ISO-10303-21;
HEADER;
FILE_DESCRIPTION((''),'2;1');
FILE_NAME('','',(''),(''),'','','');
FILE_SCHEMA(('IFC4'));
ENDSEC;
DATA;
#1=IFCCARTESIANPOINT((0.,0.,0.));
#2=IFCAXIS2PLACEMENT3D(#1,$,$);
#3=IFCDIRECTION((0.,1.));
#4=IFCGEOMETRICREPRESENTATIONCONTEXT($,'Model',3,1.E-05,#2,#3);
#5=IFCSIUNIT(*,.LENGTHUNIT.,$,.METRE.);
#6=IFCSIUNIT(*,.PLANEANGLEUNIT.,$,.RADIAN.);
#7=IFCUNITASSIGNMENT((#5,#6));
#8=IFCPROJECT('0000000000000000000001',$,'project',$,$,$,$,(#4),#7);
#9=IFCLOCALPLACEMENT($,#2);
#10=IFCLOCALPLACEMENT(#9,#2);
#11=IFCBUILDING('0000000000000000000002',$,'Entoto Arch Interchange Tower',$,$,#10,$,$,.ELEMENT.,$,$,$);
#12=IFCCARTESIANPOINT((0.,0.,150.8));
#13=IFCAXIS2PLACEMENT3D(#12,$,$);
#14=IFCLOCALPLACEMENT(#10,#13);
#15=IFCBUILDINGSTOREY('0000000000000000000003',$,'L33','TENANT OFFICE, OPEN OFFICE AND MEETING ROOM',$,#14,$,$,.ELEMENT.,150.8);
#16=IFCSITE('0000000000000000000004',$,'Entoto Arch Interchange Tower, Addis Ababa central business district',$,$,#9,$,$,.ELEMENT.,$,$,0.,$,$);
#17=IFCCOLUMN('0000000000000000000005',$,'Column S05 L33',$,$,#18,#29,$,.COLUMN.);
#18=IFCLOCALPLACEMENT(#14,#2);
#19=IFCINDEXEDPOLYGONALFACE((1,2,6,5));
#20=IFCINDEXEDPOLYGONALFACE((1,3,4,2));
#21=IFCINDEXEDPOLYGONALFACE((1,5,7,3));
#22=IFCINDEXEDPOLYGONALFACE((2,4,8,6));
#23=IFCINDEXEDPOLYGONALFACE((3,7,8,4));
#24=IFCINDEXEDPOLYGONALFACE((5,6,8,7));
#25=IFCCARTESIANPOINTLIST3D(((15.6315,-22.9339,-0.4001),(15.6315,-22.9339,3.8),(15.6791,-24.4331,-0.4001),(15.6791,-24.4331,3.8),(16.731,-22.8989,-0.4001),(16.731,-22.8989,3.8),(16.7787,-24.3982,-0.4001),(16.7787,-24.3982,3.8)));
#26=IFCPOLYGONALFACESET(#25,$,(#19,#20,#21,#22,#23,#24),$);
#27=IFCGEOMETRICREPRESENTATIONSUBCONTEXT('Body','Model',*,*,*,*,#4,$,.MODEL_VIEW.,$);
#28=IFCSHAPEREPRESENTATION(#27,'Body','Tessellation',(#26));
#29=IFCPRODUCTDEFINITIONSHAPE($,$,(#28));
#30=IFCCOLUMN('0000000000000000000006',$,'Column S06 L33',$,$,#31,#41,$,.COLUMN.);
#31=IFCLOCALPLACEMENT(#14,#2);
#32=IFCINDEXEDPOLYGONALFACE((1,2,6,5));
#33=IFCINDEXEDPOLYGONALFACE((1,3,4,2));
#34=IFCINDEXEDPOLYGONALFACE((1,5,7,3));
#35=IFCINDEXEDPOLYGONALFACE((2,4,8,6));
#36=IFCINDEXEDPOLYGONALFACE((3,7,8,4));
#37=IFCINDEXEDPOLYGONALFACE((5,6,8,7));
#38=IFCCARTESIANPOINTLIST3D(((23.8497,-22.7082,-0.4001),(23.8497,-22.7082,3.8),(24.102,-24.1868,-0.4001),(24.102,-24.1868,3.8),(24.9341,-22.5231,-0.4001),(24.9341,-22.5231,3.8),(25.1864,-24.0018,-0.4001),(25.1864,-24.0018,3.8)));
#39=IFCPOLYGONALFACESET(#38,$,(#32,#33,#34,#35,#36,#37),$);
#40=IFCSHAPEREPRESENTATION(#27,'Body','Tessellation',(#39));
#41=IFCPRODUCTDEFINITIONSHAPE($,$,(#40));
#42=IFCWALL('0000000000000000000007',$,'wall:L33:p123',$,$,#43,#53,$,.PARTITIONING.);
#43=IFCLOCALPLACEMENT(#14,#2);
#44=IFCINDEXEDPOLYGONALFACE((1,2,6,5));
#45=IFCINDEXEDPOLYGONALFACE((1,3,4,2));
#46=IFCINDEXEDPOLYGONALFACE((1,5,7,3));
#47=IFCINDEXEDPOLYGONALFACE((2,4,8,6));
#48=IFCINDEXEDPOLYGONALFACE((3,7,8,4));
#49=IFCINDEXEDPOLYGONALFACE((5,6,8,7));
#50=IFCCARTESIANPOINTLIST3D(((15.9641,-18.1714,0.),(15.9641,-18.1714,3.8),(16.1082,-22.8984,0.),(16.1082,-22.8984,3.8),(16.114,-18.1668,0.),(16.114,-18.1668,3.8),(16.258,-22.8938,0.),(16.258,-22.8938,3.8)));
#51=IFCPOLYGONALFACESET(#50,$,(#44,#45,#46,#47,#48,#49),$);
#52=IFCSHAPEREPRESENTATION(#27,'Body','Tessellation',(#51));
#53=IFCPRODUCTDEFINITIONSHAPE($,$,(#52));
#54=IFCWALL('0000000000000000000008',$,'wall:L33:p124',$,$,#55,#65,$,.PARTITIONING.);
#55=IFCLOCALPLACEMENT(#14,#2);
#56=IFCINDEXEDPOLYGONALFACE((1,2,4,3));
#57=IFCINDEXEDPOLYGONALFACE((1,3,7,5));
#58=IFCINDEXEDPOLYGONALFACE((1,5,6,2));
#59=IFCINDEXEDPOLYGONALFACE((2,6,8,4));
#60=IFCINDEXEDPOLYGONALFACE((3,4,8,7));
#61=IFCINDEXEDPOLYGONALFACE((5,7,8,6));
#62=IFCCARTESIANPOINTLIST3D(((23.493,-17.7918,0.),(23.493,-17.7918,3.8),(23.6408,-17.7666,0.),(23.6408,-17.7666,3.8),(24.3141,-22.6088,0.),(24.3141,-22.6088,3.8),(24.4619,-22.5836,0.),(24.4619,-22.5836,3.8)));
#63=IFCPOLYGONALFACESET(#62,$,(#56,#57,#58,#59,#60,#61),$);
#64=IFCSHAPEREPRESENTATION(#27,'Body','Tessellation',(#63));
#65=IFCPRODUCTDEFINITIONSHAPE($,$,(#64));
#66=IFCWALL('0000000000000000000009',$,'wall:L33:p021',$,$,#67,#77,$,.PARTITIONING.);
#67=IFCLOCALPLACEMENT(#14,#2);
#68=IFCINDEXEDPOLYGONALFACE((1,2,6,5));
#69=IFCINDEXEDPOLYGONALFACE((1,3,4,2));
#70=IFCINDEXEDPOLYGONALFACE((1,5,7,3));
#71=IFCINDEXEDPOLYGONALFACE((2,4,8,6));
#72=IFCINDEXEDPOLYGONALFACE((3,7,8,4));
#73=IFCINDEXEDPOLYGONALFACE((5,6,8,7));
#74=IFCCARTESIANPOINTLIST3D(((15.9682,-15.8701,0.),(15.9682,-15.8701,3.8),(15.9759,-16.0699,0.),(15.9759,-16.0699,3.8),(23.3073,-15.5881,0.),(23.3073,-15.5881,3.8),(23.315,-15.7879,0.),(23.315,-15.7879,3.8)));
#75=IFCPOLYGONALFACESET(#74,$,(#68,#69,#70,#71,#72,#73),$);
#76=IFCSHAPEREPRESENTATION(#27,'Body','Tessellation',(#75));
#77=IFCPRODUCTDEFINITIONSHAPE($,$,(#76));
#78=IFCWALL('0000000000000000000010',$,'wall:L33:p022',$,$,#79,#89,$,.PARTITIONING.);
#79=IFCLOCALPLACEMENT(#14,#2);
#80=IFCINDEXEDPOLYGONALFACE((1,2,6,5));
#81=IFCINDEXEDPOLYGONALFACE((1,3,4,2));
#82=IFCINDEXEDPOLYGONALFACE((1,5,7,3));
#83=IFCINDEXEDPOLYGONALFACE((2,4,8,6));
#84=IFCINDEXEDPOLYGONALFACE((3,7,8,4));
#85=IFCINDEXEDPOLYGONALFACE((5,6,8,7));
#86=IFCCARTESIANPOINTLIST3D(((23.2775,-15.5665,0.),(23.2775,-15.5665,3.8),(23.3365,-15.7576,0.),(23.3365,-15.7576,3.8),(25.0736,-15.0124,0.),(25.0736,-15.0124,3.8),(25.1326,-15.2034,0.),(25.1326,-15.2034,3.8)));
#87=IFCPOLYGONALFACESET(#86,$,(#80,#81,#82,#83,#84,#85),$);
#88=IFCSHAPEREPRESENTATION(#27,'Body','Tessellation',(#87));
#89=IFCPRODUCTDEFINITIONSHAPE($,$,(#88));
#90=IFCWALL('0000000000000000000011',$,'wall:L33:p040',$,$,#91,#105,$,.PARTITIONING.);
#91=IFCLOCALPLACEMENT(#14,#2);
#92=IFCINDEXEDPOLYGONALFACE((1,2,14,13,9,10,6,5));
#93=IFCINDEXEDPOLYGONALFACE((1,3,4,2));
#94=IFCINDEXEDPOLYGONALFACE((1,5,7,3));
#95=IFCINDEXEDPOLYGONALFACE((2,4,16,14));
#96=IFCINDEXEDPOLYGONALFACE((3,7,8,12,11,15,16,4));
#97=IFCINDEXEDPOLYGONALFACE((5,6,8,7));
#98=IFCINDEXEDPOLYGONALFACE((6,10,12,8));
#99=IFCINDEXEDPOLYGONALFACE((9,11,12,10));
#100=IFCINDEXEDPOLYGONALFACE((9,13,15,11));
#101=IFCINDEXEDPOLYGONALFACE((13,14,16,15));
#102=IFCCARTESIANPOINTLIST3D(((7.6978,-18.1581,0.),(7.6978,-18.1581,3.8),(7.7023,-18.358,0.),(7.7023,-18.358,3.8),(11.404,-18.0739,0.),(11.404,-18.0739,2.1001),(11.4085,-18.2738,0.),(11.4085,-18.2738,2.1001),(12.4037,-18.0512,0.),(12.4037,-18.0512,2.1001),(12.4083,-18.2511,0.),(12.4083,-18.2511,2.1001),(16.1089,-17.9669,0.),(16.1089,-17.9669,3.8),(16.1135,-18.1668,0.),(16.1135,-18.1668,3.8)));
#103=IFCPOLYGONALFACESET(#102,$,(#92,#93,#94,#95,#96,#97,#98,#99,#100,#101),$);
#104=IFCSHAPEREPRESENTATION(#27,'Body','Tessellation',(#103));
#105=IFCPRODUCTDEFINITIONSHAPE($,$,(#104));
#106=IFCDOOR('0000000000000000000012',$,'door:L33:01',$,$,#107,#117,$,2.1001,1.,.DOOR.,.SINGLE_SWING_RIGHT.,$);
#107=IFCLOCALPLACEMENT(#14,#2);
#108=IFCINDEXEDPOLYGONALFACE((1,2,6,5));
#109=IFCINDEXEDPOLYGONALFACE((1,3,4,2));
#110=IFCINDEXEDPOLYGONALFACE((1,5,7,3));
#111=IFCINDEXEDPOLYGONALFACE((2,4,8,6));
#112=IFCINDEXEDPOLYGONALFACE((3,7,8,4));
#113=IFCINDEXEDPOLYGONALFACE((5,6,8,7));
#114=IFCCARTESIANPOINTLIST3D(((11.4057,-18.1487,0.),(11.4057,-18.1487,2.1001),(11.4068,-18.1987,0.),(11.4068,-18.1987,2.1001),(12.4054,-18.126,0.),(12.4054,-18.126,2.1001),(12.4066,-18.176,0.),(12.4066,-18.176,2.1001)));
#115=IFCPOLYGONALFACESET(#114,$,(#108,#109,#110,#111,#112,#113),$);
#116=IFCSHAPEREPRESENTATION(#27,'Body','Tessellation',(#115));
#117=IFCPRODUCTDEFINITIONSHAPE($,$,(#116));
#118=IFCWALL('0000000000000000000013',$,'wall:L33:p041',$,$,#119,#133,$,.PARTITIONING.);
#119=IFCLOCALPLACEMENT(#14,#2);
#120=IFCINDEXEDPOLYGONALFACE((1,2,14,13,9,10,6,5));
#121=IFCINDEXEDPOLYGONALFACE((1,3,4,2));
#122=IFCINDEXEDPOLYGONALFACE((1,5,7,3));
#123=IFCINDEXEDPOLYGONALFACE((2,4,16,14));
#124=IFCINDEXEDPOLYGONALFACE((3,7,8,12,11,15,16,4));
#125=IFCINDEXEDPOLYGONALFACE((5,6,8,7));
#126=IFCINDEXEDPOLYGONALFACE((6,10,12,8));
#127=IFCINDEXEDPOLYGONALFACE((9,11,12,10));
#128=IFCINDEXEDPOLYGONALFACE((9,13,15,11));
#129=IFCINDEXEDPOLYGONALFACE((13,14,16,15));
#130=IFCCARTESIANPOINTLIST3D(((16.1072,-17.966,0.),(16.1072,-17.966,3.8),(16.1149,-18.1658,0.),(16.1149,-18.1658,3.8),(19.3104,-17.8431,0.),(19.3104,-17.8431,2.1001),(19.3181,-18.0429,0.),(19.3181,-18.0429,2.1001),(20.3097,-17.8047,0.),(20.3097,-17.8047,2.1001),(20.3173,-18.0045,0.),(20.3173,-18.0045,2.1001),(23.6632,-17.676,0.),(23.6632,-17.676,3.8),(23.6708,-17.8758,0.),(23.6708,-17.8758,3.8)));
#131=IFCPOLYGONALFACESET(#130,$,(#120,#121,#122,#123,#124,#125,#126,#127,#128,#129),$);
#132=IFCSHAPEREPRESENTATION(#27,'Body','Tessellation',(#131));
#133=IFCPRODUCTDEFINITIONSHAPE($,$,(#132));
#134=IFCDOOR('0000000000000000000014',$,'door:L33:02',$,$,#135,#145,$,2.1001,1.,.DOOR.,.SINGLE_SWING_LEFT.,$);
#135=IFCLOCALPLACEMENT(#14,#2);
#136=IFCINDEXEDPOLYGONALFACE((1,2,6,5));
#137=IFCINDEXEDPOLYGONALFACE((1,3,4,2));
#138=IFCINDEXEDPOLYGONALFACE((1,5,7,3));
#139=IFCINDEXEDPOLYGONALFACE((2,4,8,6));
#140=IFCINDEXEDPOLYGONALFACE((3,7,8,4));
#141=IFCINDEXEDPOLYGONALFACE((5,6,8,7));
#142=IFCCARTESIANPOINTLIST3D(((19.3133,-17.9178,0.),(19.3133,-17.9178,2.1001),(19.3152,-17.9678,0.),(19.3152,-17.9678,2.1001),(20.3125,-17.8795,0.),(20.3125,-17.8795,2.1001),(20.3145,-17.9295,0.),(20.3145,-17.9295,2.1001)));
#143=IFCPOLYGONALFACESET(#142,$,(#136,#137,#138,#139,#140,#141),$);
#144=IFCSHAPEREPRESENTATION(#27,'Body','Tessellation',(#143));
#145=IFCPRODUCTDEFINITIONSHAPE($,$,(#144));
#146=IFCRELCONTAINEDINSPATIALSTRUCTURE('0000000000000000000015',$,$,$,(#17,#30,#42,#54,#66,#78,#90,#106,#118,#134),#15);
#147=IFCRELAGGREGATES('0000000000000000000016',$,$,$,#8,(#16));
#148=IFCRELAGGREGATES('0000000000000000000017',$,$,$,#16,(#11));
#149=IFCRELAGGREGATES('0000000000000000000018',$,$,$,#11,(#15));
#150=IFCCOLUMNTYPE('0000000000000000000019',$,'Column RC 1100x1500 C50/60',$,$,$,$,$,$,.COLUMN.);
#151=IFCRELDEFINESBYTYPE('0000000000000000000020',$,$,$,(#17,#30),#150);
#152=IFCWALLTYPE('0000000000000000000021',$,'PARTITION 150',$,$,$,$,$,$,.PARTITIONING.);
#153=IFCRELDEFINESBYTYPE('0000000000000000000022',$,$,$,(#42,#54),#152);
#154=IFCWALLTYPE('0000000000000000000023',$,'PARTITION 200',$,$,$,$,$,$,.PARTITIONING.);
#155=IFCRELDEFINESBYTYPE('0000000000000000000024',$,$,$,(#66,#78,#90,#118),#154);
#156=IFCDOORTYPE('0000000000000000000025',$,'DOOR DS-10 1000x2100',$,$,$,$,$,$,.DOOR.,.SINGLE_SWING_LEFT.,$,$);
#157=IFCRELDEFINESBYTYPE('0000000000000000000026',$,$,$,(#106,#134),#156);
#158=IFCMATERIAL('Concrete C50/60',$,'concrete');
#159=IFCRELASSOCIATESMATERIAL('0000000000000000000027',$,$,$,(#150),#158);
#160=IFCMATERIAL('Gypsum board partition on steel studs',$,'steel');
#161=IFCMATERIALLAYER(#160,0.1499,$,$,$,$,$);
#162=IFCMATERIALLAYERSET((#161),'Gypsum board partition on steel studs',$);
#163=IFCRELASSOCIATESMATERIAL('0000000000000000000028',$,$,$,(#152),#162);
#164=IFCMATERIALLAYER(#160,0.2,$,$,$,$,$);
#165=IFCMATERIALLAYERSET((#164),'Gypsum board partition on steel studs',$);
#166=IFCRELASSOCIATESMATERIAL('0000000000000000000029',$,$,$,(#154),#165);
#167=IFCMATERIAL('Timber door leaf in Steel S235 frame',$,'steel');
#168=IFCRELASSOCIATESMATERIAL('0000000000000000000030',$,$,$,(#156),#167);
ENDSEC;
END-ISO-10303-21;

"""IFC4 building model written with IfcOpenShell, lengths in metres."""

from ifc_helpers import new_model, si_unit, direction, frame, frame_2d, origin, origin_2d, place, context, subcontext, project, spatial, rectangle, extrude, material, layer, layer_set, material_profile, profile_set, type_object, element, fill, save


model = new_model("IFC4")

# Units and contexts
model_context = context("Model", 3, precision=1e-05, world=origin(), true_north=direction((0.0, 1.0)))
body_context = subcontext(model_context, "Body", "Model", "MODEL_VIEW")
ifc_project = project(units=[si_unit("LENGTHUNIT", "METRE"), si_unit("PLANEANGLEUNIT", "RADIAN")], contexts=[model_context])

# Site, building, storey
site_placement = place(None, origin())
site = spatial("IfcSite", under=ifc_project, at=site_placement, Name="Entoto Arch Interchange Tower, Addis Ababa central business district", CompositionType="ELEMENT", RefElevation=0.0)
building_placement = place(site_placement, origin())
building = spatial("IfcBuilding", under=site, at=building_placement, Name="Entoto Arch Interchange Tower", CompositionType="ELEMENT")
storey_placement = place(building_placement, frame((0.0, 0.0, 150.8)))
storey = spatial("IfcBuildingStorey", under=building, at=storey_placement, Name="L33", Description="TENANT OFFICE, OPEN OFFICE AND MEETING ROOM", CompositionType="ELEMENT", Elevation=150.8)

# Columns
ifc_material_1 = material(Name="Concrete C50/60", Category="concrete")
ifc_material_profile = material_profile(ifc_material_1, rectangle(XDim=1.1001, YDim=1.5, at=origin_2d()))
ifc_profile_set = profile_set([ifc_material_profile], Name="Concrete C50/60")
column_type = type_object("IfcColumnType", Name="Column RC 1100x1500 C50/60", PredefinedType="COLUMN", material=ifc_profile_set)
for number, where, z_axis, x_axis, name in (
    (1, (16.2051, -23.666, -0.4001), (0.0, 0.0, 1.0), (0.999496, 0.031742, 0.0), "Column S05 L33"),
    (2, (24.5181, -23.355, -0.4001), (0.0, 0.0, 1.0), (0.985753, 0.168197, 0.0), "Column S06 L33"),
):
    element("IfcColumn", number, at=place(storey_placement, frame(where, z_axis=z_axis, x_axis=x_axis)), inside=storey, type_object=column_type, Name=name, PredefinedType="COLUMN", context=body_context, shape_type="SweptSolid", body=[
        extrude(rectangle(XDim=1.1001, YDim=1.5, at=origin_2d()), origin(), (0.0, 0.0, 1.0), 4.2002),
    ])

# Walls
ifc_material_2 = material(Name="Gypsum board partition on steel studs", Category="steel")
ifc_layer_1 = layer(ifc_material_2, 0.1499)
ifc_layer_set_1 = layer_set([ifc_layer_1], Name="Gypsum board partition on steel studs")
wall_type_1 = type_object("IfcWallType", Name="PARTITION 150", PredefinedType="PARTITIONING", material=ifc_layer_set_1)
wall_1_placement = place(storey_placement, frame((16.0391, -18.1689, 0.0), z_axis=(0.0, 0.0, 1.0), x_axis=(0.030458, -0.999536, 0.0)))
element("IfcWall", 3, at=wall_1_placement, inside=storey, type_object=wall_type_1, Name="wall:L33:p123", PredefinedType="PARTITIONING", context=body_context, shape_type="SweptSolid", body=[
    extrude(rectangle(XDim=4.7292, YDim=0.1499, at=frame_2d((2.3647, 0.0))), origin(), (0.0, 0.0, 1.0), 3.8),
])
wall_2_placement = place(storey_placement, frame((23.5669, -17.7791, 0.0), z_axis=(0.0, 0.0, 1.0), x_axis=(0.168028, -0.985782, 0.0)))
element("IfcWall", 4, at=wall_2_placement, inside=storey, type_object=wall_type_1, Name="wall:L33:p124", PredefinedType="PARTITIONING", context=body_context, shape_type="SweptSolid", body=[
    extrude(rectangle(XDim=4.8865, YDim=0.1499, at=frame_2d((2.4434, 0.0))), origin(), (0.0, 0.0, 1.0), 3.8),
])
ifc_layer_2 = layer(ifc_material_2, 0.2)
ifc_layer_set_2 = layer_set([ifc_layer_2], Name="Gypsum board partition on steel studs")
wall_type_2 = type_object("IfcWallType", Name="PARTITION 200", PredefinedType="PARTITIONING", material=ifc_layer_set_2)
wall_3_placement = place(storey_placement, frame((15.9719, -15.97, 0.0), z_axis=(0.0, 0.0, 1.0), x_axis=(0.999263, 0.038394, 0.0)))
element("IfcWall", 5, at=wall_3_placement, inside=storey, type_object=wall_type_2, Name="wall:L33:p021", PredefinedType="PARTITIONING", context=body_context, shape_type="SweptSolid", body=[
    extrude(rectangle(XDim=7.3445, YDim=0.2, at=frame_2d((3.6724, 0.0))), origin(), (0.0, 0.0, 1.0), 3.8),
])
wall_4_placement = place(storey_placement, frame((23.3069, -15.6621, 0.0), z_axis=(0.0, 0.0, 1.0), x_axis=(0.955548, 0.294834, 0.0)))
element("IfcWall", 6, at=wall_4_placement, inside=storey, type_object=wall_type_2, Name="wall:L33:p022", PredefinedType="PARTITIONING", context=body_context, shape_type="SweptSolid", body=[
    extrude(rectangle(XDim=1.8796, YDim=0.2, at=frame_2d((0.9399, 0.0))), origin(), (0.0, 0.0, 1.0), 3.8),
])

# Walls, openings, doors
wall_5_placement = place(storey_placement, frame((16.1111, -18.0669, 0.0), z_axis=(0.0, 0.0, 1.0), x_axis=(-0.999742, -0.022721, 0.0)))
wall_5 = element("IfcWall", 7, at=wall_5_placement, inside=storey, type_object=wall_type_2, Name="wall:L33:p040", PredefinedType="PARTITIONING", context=body_context, shape_type="SweptSolid", body=[
    extrude(rectangle(XDim=8.4133, YDim=0.2, at=frame_2d((4.2065, 0.0))), origin(), (0.0, 0.0, 1.0), 3.8),
])
opening_1_placement = place(wall_5_placement, frame((3.7061, 0.0, 0.0)))
opening_1 = element("IfcOpeningElement", 8, at=opening_1_placement, cuts=wall_5, PredefinedType="OPENING", context=body_context, shape_type="SweptSolid", body=[
    extrude(rectangle(XDim=1.0, YDim=2.1001, at=frame_2d((0.5, 1.05))), frame((0.0, 0.1099, 0.0), z_axis=(0.0, -1.0, 0.0), x_axis=(1.0, 0.0, 0.0)), (0.0, 0.0, 1.0), 0.22),
])
ifc_material_3 = material(Name="Timber door leaf in Steel S235 frame", Category="steel")
door_type = type_object("IfcDoorType", Name="DOOR DS-10 1000x2100", OperationType="SINGLE_SWING_LEFT", PredefinedType="DOOR", material=ifc_material_3)
door_1_placement = place(opening_1_placement, origin())
door_1 = element("IfcDoor", 9, at=door_1_placement, inside=storey, type_object=door_type, Name="door:L33:01", OperationType="SINGLE_SWING_RIGHT", OverallHeight=2.1001, OverallWidth=1.0, PredefinedType="DOOR", context=body_context, shape_type="SweptSolid", body=[
    extrude(rectangle(XDim=1.0, YDim=2.1001, at=frame_2d((0.5, 1.05))), frame((0.0, 0.0249, 0.0), z_axis=(0.0, -1.0, 0.0), x_axis=(1.0, 0.0, 0.0)), (0.0, 0.0, 1.0), 0.05),
])
fill(opening_1, door_1)
wall_6_placement = place(storey_placement, frame((23.667, -17.7759, 0.0), z_axis=(0.0, 0.0, 1.0), x_axis=(-0.999264, -0.038357, 0.0)))
wall_6 = element("IfcWall", 10, at=wall_6_placement, inside=storey, type_object=wall_type_2, Name="wall:L33:p041", PredefinedType="PARTITIONING", context=body_context, shape_type="SweptSolid", body=[
    extrude(rectangle(XDim=7.5615, YDim=0.2, at=frame_2d((3.7808, 0.0))), origin(), (0.0, 0.0, 1.0), 3.8),
])
opening_2_placement = place(wall_6_placement, frame((3.356, 0.0, 0.0)))
opening_2 = element("IfcOpeningElement", 11, at=opening_2_placement, cuts=wall_6, PredefinedType="OPENING", context=body_context, shape_type="SweptSolid", body=[
    extrude(rectangle(XDim=1.0, YDim=2.1001, at=frame_2d((0.5, 1.05))), frame((0.0, 0.1099, 0.0), z_axis=(0.0, -1.0, 0.0), x_axis=(1.0, 0.0, 0.0)), (0.0, 0.0, 1.0), 0.22),
])
door_2_placement = place(opening_2_placement, origin())
door_2 = element("IfcDoor", 12, at=door_2_placement, inside=storey, type_object=door_type, Name="door:L33:02", OperationType="SINGLE_SWING_LEFT", OverallHeight=2.1001, OverallWidth=1.0, PredefinedType="DOOR", context=body_context, shape_type="SweptSolid", body=[
    extrude(rectangle(XDim=1.0, YDim=2.1001, at=frame_2d((0.5, 1.05))), frame((0.0, 0.0249, 0.0), z_axis=(0.0, -1.0, 0.0), x_axis=(1.0, 0.0, 0.0)), (0.0, 0.0, 1.0), 0.05),
])
fill(opening_2, door_2)

save(model, "model.ifc")
